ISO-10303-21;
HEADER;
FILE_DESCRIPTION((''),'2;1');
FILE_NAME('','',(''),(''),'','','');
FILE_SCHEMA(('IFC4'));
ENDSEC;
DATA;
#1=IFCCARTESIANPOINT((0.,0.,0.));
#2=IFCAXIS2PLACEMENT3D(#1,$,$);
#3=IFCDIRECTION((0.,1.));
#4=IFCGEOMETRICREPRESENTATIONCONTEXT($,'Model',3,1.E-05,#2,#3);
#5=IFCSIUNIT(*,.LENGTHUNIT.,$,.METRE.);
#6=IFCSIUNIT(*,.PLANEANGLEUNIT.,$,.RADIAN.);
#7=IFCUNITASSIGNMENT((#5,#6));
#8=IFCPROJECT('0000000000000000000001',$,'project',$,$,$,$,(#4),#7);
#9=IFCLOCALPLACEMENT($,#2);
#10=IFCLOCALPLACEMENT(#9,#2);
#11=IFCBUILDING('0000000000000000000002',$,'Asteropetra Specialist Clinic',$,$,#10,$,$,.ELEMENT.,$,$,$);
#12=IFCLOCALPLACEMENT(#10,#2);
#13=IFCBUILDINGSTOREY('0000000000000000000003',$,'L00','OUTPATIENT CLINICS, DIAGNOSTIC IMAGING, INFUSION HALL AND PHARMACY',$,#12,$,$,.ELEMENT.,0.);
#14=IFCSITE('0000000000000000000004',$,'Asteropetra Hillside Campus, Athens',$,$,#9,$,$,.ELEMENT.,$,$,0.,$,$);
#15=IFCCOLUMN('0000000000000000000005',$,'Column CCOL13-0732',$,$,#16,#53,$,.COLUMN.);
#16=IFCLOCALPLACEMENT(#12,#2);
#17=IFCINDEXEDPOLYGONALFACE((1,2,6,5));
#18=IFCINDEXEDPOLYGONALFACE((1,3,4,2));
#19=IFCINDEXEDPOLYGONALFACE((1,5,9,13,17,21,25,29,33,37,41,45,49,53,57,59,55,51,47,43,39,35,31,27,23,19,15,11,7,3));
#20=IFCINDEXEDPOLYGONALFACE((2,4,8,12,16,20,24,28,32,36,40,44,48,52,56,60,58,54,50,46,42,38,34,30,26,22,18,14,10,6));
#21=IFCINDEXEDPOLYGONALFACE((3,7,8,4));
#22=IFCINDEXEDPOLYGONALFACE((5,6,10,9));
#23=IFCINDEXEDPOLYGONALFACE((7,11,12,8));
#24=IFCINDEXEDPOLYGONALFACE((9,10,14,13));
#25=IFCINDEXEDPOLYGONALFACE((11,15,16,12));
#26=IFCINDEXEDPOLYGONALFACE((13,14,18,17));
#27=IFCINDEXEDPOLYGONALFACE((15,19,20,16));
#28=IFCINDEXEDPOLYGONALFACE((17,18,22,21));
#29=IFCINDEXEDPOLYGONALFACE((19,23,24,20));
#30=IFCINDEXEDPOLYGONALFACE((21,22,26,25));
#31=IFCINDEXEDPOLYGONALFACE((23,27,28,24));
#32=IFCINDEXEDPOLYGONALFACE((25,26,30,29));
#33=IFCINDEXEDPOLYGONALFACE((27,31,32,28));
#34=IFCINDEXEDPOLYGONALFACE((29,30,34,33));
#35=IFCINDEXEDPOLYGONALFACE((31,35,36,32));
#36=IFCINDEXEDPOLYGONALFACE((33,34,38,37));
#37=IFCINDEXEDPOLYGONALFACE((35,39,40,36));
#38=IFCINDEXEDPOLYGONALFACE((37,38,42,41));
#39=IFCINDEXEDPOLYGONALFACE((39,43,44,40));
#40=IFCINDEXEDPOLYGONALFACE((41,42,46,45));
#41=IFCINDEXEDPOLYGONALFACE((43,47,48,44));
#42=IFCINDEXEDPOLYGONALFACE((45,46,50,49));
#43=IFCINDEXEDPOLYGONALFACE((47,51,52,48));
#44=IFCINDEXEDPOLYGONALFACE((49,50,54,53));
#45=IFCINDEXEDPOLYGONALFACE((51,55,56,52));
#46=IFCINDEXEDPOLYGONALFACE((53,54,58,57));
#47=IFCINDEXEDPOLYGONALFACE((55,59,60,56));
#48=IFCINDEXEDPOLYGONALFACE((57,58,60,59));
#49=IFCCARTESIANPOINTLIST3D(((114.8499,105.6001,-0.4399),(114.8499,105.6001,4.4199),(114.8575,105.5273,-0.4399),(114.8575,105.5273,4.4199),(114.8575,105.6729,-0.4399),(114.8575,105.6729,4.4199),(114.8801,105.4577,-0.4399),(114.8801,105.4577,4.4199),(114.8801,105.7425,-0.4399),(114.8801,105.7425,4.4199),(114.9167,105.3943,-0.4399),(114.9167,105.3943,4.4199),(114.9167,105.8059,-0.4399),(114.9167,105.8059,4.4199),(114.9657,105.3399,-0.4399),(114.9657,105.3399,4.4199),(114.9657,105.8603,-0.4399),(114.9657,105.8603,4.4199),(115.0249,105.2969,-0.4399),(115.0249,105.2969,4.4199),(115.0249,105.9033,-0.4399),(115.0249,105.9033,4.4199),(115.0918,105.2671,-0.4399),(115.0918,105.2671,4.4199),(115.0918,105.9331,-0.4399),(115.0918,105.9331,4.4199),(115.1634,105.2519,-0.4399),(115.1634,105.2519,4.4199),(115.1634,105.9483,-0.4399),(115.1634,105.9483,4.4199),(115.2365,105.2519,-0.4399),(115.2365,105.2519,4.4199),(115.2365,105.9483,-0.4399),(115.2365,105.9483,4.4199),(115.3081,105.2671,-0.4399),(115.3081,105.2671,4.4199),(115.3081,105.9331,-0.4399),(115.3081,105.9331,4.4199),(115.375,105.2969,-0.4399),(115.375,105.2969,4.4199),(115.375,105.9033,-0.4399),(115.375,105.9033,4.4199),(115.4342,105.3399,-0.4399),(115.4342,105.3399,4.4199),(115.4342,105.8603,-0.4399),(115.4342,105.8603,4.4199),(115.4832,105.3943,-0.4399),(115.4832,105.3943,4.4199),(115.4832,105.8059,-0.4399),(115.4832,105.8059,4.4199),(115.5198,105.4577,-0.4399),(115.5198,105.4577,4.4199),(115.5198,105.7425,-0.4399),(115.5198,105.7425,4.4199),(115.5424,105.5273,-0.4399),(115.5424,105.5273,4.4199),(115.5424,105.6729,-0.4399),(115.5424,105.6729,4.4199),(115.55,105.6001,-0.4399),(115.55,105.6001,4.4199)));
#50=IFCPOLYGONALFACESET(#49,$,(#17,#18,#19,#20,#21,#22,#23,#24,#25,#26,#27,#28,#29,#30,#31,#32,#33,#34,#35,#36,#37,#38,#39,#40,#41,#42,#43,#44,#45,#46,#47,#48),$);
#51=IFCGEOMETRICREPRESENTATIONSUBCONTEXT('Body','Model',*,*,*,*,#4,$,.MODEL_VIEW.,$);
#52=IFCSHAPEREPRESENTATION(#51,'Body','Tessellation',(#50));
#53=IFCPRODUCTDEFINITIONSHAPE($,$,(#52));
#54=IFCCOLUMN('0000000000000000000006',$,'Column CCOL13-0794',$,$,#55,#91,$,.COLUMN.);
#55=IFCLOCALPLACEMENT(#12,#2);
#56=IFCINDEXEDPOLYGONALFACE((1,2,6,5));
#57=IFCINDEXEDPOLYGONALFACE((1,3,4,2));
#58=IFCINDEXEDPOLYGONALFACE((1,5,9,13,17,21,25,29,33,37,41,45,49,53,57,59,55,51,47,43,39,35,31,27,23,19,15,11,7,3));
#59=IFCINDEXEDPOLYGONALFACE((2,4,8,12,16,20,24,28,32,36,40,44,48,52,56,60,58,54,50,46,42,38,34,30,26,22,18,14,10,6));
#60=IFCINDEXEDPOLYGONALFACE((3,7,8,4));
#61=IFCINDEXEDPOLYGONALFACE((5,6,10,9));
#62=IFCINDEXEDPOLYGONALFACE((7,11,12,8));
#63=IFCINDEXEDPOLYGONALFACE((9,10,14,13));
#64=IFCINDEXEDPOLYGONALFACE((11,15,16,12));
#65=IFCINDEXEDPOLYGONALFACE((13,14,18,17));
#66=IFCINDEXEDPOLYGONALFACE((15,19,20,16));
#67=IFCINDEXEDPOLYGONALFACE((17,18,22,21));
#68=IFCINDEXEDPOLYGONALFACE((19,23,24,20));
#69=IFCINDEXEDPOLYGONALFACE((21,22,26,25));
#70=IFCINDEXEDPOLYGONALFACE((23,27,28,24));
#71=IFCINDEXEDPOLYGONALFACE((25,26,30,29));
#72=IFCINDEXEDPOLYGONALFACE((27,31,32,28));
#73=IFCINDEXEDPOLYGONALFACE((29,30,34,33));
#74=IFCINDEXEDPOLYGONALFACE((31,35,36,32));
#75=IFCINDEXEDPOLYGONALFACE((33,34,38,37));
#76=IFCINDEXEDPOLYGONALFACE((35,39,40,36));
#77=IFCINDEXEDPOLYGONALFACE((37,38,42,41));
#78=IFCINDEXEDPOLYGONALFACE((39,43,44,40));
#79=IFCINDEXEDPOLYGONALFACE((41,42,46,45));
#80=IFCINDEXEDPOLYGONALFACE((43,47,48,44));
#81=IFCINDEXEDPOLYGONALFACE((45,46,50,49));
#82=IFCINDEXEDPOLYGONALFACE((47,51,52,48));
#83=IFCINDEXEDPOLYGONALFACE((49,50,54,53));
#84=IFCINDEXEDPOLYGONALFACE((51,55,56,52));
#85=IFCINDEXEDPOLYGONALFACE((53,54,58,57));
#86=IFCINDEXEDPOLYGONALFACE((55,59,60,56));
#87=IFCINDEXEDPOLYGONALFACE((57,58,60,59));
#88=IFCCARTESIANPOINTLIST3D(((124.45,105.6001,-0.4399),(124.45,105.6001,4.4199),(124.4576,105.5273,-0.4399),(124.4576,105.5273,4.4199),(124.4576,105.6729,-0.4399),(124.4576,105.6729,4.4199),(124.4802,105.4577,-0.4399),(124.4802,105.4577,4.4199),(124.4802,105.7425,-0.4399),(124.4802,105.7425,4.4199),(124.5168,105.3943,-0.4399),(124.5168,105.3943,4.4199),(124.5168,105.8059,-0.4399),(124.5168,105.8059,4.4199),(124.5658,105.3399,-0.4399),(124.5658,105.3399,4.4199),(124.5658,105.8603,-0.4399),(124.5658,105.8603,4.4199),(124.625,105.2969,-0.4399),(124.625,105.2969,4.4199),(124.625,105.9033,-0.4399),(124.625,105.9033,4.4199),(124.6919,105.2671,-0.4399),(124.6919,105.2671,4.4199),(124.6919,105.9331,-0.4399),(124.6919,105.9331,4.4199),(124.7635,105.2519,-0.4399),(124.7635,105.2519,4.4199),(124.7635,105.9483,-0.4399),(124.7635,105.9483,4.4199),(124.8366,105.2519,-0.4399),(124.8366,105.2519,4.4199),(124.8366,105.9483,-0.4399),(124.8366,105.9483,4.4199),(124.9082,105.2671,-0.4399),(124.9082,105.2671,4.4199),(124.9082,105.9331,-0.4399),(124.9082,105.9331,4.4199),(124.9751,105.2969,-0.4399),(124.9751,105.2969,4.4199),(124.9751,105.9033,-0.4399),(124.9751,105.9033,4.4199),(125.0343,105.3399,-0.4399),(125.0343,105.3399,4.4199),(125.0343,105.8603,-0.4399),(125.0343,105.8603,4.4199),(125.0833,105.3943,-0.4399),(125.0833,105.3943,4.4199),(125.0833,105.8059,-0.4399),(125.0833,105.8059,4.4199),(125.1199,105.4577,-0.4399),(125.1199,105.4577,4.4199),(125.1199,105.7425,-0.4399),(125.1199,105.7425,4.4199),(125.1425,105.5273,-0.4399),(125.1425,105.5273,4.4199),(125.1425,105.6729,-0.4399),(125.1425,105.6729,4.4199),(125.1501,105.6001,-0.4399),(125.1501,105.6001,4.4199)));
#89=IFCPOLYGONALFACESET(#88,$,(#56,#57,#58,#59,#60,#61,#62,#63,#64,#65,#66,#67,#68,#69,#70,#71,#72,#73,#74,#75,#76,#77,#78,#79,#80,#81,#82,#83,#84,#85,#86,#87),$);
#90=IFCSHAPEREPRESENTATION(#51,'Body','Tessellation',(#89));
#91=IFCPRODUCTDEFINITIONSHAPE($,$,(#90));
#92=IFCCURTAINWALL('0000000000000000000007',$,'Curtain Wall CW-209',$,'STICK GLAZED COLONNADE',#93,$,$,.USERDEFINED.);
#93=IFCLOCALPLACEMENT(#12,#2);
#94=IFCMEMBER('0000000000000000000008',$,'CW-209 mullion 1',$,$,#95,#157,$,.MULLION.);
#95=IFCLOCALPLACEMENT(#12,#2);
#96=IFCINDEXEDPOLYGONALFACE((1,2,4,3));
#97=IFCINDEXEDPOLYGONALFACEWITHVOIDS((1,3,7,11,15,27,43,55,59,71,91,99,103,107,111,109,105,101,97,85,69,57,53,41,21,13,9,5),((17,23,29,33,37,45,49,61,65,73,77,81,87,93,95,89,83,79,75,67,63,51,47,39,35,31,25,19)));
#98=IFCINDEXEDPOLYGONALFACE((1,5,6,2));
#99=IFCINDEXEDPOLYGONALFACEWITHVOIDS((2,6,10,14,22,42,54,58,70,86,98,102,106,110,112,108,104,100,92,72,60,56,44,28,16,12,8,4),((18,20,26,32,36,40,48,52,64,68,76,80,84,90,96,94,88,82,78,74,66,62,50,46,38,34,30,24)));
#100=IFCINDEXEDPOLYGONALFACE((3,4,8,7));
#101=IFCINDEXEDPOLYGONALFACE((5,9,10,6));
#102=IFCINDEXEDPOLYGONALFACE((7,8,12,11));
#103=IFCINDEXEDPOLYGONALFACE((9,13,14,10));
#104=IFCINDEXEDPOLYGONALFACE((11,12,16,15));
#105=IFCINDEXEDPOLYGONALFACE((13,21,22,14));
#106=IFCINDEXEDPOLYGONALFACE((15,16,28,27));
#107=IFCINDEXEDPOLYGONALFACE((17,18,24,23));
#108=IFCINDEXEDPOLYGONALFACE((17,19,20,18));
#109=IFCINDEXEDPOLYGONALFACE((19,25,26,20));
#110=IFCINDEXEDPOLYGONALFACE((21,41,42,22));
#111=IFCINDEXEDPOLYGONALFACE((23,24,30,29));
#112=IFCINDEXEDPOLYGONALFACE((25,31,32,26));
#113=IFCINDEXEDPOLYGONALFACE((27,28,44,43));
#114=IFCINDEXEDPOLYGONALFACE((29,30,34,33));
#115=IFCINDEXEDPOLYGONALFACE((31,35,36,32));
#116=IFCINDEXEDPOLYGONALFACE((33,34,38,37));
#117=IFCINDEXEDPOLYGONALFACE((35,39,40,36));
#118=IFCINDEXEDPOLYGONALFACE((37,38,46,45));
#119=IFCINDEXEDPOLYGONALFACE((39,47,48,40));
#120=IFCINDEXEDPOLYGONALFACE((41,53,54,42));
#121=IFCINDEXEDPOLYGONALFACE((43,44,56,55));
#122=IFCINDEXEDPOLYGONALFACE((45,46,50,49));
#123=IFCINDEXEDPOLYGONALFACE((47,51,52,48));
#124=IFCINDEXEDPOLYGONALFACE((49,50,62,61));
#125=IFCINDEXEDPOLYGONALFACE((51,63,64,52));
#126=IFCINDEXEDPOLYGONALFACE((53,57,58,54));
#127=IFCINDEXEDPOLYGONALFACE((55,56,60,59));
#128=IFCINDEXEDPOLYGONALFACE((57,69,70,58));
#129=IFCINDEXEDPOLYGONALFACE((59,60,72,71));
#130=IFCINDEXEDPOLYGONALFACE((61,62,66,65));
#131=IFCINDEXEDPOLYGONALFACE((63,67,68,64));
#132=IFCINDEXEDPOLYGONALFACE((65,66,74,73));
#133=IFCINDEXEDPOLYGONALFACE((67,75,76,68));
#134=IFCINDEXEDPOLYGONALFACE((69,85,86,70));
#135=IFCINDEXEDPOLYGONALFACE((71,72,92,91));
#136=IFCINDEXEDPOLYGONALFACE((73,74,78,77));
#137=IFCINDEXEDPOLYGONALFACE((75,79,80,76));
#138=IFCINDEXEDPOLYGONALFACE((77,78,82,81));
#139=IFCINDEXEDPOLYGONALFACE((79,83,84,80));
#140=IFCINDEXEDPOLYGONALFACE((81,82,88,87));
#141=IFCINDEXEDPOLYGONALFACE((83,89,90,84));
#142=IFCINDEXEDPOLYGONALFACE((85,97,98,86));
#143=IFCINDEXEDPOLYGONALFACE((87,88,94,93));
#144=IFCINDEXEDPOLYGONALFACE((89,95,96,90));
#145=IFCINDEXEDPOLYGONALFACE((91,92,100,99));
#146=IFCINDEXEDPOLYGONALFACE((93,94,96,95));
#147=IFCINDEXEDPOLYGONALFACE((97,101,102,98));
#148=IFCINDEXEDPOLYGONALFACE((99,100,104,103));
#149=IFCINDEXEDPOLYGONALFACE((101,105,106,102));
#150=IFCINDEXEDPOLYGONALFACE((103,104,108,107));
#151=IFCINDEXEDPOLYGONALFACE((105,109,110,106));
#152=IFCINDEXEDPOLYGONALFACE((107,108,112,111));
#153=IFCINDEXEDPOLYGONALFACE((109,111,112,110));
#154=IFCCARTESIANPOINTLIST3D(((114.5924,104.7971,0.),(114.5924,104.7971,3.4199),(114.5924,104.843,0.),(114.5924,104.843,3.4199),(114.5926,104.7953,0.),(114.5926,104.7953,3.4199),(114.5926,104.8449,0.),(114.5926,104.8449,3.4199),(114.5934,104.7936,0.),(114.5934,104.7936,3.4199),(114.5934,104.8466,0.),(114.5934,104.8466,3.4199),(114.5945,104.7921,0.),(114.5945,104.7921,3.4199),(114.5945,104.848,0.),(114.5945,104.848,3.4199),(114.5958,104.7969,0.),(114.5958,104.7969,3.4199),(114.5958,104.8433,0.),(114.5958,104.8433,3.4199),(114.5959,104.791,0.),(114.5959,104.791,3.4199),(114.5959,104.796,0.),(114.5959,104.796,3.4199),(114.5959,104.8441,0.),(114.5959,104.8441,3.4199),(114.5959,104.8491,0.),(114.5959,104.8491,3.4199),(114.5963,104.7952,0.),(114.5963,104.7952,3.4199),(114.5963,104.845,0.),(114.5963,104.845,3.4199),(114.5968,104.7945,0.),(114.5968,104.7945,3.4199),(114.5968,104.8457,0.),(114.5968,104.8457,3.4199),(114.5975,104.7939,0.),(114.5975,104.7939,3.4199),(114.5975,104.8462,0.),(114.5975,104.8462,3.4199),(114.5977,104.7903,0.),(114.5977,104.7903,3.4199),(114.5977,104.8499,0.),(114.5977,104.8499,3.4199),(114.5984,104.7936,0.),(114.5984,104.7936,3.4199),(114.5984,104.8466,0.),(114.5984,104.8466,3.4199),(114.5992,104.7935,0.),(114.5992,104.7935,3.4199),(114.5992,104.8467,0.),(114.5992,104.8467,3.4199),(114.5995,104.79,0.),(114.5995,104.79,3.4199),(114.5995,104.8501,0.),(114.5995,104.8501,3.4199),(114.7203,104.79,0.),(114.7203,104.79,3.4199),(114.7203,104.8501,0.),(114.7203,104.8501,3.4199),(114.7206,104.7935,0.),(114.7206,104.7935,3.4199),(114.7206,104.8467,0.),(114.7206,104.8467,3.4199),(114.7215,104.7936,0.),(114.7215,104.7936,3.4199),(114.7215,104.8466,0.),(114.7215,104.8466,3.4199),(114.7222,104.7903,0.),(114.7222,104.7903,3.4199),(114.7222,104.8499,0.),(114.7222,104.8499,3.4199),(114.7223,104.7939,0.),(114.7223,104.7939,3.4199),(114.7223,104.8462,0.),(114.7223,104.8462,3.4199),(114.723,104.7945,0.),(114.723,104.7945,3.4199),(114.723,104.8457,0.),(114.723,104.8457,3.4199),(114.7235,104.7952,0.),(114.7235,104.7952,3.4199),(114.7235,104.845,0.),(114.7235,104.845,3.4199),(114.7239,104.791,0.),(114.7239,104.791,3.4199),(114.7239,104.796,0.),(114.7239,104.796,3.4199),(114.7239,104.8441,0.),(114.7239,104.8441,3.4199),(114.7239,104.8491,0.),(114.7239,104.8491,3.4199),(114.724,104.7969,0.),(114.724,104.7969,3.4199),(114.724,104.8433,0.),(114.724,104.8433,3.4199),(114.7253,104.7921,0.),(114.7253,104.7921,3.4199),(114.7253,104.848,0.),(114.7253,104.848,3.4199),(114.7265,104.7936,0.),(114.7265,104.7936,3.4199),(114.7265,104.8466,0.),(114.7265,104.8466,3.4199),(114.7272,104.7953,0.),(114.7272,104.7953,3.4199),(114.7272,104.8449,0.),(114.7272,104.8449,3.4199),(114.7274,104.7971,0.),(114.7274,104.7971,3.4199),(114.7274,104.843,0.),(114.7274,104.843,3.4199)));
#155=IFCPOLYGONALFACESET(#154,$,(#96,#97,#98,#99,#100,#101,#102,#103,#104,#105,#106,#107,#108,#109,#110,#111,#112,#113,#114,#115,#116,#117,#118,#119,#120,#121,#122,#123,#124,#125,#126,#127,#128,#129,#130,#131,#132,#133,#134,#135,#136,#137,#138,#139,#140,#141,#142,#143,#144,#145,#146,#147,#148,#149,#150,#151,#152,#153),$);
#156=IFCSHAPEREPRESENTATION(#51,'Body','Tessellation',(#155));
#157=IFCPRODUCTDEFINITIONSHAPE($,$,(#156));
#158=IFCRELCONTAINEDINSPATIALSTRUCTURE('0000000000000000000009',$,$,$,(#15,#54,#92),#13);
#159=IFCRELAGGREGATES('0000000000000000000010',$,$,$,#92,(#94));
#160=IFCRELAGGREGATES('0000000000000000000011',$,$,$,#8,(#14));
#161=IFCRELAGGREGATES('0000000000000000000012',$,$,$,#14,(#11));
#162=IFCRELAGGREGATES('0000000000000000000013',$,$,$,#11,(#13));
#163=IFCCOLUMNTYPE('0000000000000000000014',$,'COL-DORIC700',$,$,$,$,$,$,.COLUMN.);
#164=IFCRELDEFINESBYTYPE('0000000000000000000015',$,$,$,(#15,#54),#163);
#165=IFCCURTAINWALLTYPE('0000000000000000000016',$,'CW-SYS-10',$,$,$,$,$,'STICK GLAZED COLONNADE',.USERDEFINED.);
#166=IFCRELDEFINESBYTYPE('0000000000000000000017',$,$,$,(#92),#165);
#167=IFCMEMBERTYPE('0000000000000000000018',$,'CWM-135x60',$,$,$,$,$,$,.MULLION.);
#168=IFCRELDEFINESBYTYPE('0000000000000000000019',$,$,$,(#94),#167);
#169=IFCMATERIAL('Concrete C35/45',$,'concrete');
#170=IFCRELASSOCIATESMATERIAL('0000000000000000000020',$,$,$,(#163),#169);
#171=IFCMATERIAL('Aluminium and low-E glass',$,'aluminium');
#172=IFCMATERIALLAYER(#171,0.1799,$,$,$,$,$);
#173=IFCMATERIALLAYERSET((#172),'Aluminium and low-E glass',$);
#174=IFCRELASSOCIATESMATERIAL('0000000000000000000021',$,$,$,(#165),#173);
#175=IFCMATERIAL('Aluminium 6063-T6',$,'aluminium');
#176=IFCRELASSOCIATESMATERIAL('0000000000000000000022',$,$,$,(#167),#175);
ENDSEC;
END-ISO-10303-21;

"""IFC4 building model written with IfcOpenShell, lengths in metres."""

from ifc_helpers import new_model, si_unit, direction, frame, origin, origin_2d, place, context, subcontext, project, spatial, hollow_rectangle, circle, extrude, material, layer, layer_set, material_profile, profile_set, type_object, element, aggregate, save


model = new_model("IFC4")

# Units and contexts
model_context = context("Model", 3, precision=1e-05, world=origin(), true_north=direction((0.0, 1.0)))
body_context = subcontext(model_context, "Body", "Model", "MODEL_VIEW")
ifc_project = project(units=[si_unit("LENGTHUNIT", "METRE"), si_unit("PLANEANGLEUNIT", "RADIAN")], contexts=[model_context])

# Site, building, storey
site_placement = place(None, origin())
site = spatial("IfcSite", under=ifc_project, at=site_placement, Name="Asteropetra Hillside Campus, Athens", CompositionType="ELEMENT", RefElevation=0.0)
building_placement = place(site_placement, origin())
building = spatial("IfcBuilding", under=site, at=building_placement, Name="Asteropetra Specialist Clinic", CompositionType="ELEMENT")
storey_placement = place(building_placement, origin())
storey = spatial("IfcBuildingStorey", under=building, at=storey_placement, Name="L00", Description="OUTPATIENT CLINICS, DIAGNOSTIC IMAGING, INFUSION HALL AND PHARMACY", CompositionType="ELEMENT", Elevation=0.0)

# Columns
ifc_material_1 = material(Name="Concrete C35/45", Category="concrete")
ifc_material_profile_1 = material_profile(ifc_material_1, circle(Radius=0.3501, at=origin_2d()), Name="RCC D700")
ifc_profile_set_1 = profile_set([ifc_material_profile_1], Name="Concrete C35/45")
column_type = type_object("IfcColumnType", Name="COL-DORIC700", PredefinedType="COLUMN", material=ifc_profile_set_1)
for number, where, z_axis, x_axis, name in (
    (1, (115.2, 105.6001, -0.4399), (0.0, 0.0, 1.0), (1.0, 0.0, 0.0), "Column CCOL13-0732"),
    (2, (124.8, 105.6001, -0.4399), (0.0, 0.0, 1.0), (1.0, 0.0, 0.0), "Column CCOL13-0794"),
):
    element("IfcColumn", number, at=place(storey_placement, frame(where, z_axis=z_axis, x_axis=x_axis)), inside=storey, type_object=column_type, Name=name, PredefinedType="COLUMN", context=body_context, shape_type="SweptSolid", body=[
        extrude(circle(Radius=0.3501, at=origin_2d()), origin(), (0.0, 0.0, 1.0), 4.8599),
    ])

# Curtain wall, member
ifc_material_2 = material(Name="Aluminium and low-E glass", Category="aluminium")
ifc_layer_1 = layer(ifc_material_2, 0.1799)
ifc_layer_set_1 = layer_set([ifc_layer_1], Name="Aluminium and low-E glass")
curtain_wall_type = type_object("IfcCurtainWallType", Name="CW-SYS-10", ElementType="STICK GLAZED COLONNADE", PredefinedType="USERDEFINED", material=ifc_layer_set_1)
curtain_wall_placement = place(storey_placement, origin())
curtain_wall = element("IfcCurtainWall", 3, at=curtain_wall_placement, inside=storey, type_object=curtain_wall_type, Name="Curtain Wall CW-209", ObjectType="STICK GLAZED COLONNADE", PredefinedType="USERDEFINED")
ifc_material_3 = material(Name="Aluminium 6063-T6", Category="aluminium")
ifc_material_profile_2 = material_profile(ifc_material_3, hollow_rectangle(XDim=0.0601, YDim=0.135, WallThickness=0.0034, InnerFilletRadius=0.0034, OuterFilletRadius=0.0071, at=origin_2d()), Name="MUL 135x60x3.5")
ifc_profile_set_2 = profile_set([ifc_material_profile_2], Name="Aluminium 6063-T6")
member_type_1 = type_object("IfcMemberType", Name="CWM-135x60", PredefinedType="MULLION", material=ifc_profile_set_2)
member_1_placement = place(storey_placement, frame((114.6599, 104.8201, 0.0), z_axis=(0.0, 0.0, 1.0), x_axis=(0.0, -1.0, 0.0)))
member_1 = element("IfcMember", 4, at=member_1_placement, type_object=member_type_1, Name="CW-209 mullion 1", PredefinedType="MULLION", context=body_context, shape_type="SweptSolid", body=[
    extrude(hollow_rectangle(XDim=0.0601, YDim=0.135, WallThickness=0.0034, InnerFilletRadius=0.0034, OuterFilletRadius=0.0071, at=origin_2d()), origin(), (0.0, 0.0, 1.0), 3.4199),
])
aggregate(curtain_wall, [member_1])

save(model, "model.ifc")
